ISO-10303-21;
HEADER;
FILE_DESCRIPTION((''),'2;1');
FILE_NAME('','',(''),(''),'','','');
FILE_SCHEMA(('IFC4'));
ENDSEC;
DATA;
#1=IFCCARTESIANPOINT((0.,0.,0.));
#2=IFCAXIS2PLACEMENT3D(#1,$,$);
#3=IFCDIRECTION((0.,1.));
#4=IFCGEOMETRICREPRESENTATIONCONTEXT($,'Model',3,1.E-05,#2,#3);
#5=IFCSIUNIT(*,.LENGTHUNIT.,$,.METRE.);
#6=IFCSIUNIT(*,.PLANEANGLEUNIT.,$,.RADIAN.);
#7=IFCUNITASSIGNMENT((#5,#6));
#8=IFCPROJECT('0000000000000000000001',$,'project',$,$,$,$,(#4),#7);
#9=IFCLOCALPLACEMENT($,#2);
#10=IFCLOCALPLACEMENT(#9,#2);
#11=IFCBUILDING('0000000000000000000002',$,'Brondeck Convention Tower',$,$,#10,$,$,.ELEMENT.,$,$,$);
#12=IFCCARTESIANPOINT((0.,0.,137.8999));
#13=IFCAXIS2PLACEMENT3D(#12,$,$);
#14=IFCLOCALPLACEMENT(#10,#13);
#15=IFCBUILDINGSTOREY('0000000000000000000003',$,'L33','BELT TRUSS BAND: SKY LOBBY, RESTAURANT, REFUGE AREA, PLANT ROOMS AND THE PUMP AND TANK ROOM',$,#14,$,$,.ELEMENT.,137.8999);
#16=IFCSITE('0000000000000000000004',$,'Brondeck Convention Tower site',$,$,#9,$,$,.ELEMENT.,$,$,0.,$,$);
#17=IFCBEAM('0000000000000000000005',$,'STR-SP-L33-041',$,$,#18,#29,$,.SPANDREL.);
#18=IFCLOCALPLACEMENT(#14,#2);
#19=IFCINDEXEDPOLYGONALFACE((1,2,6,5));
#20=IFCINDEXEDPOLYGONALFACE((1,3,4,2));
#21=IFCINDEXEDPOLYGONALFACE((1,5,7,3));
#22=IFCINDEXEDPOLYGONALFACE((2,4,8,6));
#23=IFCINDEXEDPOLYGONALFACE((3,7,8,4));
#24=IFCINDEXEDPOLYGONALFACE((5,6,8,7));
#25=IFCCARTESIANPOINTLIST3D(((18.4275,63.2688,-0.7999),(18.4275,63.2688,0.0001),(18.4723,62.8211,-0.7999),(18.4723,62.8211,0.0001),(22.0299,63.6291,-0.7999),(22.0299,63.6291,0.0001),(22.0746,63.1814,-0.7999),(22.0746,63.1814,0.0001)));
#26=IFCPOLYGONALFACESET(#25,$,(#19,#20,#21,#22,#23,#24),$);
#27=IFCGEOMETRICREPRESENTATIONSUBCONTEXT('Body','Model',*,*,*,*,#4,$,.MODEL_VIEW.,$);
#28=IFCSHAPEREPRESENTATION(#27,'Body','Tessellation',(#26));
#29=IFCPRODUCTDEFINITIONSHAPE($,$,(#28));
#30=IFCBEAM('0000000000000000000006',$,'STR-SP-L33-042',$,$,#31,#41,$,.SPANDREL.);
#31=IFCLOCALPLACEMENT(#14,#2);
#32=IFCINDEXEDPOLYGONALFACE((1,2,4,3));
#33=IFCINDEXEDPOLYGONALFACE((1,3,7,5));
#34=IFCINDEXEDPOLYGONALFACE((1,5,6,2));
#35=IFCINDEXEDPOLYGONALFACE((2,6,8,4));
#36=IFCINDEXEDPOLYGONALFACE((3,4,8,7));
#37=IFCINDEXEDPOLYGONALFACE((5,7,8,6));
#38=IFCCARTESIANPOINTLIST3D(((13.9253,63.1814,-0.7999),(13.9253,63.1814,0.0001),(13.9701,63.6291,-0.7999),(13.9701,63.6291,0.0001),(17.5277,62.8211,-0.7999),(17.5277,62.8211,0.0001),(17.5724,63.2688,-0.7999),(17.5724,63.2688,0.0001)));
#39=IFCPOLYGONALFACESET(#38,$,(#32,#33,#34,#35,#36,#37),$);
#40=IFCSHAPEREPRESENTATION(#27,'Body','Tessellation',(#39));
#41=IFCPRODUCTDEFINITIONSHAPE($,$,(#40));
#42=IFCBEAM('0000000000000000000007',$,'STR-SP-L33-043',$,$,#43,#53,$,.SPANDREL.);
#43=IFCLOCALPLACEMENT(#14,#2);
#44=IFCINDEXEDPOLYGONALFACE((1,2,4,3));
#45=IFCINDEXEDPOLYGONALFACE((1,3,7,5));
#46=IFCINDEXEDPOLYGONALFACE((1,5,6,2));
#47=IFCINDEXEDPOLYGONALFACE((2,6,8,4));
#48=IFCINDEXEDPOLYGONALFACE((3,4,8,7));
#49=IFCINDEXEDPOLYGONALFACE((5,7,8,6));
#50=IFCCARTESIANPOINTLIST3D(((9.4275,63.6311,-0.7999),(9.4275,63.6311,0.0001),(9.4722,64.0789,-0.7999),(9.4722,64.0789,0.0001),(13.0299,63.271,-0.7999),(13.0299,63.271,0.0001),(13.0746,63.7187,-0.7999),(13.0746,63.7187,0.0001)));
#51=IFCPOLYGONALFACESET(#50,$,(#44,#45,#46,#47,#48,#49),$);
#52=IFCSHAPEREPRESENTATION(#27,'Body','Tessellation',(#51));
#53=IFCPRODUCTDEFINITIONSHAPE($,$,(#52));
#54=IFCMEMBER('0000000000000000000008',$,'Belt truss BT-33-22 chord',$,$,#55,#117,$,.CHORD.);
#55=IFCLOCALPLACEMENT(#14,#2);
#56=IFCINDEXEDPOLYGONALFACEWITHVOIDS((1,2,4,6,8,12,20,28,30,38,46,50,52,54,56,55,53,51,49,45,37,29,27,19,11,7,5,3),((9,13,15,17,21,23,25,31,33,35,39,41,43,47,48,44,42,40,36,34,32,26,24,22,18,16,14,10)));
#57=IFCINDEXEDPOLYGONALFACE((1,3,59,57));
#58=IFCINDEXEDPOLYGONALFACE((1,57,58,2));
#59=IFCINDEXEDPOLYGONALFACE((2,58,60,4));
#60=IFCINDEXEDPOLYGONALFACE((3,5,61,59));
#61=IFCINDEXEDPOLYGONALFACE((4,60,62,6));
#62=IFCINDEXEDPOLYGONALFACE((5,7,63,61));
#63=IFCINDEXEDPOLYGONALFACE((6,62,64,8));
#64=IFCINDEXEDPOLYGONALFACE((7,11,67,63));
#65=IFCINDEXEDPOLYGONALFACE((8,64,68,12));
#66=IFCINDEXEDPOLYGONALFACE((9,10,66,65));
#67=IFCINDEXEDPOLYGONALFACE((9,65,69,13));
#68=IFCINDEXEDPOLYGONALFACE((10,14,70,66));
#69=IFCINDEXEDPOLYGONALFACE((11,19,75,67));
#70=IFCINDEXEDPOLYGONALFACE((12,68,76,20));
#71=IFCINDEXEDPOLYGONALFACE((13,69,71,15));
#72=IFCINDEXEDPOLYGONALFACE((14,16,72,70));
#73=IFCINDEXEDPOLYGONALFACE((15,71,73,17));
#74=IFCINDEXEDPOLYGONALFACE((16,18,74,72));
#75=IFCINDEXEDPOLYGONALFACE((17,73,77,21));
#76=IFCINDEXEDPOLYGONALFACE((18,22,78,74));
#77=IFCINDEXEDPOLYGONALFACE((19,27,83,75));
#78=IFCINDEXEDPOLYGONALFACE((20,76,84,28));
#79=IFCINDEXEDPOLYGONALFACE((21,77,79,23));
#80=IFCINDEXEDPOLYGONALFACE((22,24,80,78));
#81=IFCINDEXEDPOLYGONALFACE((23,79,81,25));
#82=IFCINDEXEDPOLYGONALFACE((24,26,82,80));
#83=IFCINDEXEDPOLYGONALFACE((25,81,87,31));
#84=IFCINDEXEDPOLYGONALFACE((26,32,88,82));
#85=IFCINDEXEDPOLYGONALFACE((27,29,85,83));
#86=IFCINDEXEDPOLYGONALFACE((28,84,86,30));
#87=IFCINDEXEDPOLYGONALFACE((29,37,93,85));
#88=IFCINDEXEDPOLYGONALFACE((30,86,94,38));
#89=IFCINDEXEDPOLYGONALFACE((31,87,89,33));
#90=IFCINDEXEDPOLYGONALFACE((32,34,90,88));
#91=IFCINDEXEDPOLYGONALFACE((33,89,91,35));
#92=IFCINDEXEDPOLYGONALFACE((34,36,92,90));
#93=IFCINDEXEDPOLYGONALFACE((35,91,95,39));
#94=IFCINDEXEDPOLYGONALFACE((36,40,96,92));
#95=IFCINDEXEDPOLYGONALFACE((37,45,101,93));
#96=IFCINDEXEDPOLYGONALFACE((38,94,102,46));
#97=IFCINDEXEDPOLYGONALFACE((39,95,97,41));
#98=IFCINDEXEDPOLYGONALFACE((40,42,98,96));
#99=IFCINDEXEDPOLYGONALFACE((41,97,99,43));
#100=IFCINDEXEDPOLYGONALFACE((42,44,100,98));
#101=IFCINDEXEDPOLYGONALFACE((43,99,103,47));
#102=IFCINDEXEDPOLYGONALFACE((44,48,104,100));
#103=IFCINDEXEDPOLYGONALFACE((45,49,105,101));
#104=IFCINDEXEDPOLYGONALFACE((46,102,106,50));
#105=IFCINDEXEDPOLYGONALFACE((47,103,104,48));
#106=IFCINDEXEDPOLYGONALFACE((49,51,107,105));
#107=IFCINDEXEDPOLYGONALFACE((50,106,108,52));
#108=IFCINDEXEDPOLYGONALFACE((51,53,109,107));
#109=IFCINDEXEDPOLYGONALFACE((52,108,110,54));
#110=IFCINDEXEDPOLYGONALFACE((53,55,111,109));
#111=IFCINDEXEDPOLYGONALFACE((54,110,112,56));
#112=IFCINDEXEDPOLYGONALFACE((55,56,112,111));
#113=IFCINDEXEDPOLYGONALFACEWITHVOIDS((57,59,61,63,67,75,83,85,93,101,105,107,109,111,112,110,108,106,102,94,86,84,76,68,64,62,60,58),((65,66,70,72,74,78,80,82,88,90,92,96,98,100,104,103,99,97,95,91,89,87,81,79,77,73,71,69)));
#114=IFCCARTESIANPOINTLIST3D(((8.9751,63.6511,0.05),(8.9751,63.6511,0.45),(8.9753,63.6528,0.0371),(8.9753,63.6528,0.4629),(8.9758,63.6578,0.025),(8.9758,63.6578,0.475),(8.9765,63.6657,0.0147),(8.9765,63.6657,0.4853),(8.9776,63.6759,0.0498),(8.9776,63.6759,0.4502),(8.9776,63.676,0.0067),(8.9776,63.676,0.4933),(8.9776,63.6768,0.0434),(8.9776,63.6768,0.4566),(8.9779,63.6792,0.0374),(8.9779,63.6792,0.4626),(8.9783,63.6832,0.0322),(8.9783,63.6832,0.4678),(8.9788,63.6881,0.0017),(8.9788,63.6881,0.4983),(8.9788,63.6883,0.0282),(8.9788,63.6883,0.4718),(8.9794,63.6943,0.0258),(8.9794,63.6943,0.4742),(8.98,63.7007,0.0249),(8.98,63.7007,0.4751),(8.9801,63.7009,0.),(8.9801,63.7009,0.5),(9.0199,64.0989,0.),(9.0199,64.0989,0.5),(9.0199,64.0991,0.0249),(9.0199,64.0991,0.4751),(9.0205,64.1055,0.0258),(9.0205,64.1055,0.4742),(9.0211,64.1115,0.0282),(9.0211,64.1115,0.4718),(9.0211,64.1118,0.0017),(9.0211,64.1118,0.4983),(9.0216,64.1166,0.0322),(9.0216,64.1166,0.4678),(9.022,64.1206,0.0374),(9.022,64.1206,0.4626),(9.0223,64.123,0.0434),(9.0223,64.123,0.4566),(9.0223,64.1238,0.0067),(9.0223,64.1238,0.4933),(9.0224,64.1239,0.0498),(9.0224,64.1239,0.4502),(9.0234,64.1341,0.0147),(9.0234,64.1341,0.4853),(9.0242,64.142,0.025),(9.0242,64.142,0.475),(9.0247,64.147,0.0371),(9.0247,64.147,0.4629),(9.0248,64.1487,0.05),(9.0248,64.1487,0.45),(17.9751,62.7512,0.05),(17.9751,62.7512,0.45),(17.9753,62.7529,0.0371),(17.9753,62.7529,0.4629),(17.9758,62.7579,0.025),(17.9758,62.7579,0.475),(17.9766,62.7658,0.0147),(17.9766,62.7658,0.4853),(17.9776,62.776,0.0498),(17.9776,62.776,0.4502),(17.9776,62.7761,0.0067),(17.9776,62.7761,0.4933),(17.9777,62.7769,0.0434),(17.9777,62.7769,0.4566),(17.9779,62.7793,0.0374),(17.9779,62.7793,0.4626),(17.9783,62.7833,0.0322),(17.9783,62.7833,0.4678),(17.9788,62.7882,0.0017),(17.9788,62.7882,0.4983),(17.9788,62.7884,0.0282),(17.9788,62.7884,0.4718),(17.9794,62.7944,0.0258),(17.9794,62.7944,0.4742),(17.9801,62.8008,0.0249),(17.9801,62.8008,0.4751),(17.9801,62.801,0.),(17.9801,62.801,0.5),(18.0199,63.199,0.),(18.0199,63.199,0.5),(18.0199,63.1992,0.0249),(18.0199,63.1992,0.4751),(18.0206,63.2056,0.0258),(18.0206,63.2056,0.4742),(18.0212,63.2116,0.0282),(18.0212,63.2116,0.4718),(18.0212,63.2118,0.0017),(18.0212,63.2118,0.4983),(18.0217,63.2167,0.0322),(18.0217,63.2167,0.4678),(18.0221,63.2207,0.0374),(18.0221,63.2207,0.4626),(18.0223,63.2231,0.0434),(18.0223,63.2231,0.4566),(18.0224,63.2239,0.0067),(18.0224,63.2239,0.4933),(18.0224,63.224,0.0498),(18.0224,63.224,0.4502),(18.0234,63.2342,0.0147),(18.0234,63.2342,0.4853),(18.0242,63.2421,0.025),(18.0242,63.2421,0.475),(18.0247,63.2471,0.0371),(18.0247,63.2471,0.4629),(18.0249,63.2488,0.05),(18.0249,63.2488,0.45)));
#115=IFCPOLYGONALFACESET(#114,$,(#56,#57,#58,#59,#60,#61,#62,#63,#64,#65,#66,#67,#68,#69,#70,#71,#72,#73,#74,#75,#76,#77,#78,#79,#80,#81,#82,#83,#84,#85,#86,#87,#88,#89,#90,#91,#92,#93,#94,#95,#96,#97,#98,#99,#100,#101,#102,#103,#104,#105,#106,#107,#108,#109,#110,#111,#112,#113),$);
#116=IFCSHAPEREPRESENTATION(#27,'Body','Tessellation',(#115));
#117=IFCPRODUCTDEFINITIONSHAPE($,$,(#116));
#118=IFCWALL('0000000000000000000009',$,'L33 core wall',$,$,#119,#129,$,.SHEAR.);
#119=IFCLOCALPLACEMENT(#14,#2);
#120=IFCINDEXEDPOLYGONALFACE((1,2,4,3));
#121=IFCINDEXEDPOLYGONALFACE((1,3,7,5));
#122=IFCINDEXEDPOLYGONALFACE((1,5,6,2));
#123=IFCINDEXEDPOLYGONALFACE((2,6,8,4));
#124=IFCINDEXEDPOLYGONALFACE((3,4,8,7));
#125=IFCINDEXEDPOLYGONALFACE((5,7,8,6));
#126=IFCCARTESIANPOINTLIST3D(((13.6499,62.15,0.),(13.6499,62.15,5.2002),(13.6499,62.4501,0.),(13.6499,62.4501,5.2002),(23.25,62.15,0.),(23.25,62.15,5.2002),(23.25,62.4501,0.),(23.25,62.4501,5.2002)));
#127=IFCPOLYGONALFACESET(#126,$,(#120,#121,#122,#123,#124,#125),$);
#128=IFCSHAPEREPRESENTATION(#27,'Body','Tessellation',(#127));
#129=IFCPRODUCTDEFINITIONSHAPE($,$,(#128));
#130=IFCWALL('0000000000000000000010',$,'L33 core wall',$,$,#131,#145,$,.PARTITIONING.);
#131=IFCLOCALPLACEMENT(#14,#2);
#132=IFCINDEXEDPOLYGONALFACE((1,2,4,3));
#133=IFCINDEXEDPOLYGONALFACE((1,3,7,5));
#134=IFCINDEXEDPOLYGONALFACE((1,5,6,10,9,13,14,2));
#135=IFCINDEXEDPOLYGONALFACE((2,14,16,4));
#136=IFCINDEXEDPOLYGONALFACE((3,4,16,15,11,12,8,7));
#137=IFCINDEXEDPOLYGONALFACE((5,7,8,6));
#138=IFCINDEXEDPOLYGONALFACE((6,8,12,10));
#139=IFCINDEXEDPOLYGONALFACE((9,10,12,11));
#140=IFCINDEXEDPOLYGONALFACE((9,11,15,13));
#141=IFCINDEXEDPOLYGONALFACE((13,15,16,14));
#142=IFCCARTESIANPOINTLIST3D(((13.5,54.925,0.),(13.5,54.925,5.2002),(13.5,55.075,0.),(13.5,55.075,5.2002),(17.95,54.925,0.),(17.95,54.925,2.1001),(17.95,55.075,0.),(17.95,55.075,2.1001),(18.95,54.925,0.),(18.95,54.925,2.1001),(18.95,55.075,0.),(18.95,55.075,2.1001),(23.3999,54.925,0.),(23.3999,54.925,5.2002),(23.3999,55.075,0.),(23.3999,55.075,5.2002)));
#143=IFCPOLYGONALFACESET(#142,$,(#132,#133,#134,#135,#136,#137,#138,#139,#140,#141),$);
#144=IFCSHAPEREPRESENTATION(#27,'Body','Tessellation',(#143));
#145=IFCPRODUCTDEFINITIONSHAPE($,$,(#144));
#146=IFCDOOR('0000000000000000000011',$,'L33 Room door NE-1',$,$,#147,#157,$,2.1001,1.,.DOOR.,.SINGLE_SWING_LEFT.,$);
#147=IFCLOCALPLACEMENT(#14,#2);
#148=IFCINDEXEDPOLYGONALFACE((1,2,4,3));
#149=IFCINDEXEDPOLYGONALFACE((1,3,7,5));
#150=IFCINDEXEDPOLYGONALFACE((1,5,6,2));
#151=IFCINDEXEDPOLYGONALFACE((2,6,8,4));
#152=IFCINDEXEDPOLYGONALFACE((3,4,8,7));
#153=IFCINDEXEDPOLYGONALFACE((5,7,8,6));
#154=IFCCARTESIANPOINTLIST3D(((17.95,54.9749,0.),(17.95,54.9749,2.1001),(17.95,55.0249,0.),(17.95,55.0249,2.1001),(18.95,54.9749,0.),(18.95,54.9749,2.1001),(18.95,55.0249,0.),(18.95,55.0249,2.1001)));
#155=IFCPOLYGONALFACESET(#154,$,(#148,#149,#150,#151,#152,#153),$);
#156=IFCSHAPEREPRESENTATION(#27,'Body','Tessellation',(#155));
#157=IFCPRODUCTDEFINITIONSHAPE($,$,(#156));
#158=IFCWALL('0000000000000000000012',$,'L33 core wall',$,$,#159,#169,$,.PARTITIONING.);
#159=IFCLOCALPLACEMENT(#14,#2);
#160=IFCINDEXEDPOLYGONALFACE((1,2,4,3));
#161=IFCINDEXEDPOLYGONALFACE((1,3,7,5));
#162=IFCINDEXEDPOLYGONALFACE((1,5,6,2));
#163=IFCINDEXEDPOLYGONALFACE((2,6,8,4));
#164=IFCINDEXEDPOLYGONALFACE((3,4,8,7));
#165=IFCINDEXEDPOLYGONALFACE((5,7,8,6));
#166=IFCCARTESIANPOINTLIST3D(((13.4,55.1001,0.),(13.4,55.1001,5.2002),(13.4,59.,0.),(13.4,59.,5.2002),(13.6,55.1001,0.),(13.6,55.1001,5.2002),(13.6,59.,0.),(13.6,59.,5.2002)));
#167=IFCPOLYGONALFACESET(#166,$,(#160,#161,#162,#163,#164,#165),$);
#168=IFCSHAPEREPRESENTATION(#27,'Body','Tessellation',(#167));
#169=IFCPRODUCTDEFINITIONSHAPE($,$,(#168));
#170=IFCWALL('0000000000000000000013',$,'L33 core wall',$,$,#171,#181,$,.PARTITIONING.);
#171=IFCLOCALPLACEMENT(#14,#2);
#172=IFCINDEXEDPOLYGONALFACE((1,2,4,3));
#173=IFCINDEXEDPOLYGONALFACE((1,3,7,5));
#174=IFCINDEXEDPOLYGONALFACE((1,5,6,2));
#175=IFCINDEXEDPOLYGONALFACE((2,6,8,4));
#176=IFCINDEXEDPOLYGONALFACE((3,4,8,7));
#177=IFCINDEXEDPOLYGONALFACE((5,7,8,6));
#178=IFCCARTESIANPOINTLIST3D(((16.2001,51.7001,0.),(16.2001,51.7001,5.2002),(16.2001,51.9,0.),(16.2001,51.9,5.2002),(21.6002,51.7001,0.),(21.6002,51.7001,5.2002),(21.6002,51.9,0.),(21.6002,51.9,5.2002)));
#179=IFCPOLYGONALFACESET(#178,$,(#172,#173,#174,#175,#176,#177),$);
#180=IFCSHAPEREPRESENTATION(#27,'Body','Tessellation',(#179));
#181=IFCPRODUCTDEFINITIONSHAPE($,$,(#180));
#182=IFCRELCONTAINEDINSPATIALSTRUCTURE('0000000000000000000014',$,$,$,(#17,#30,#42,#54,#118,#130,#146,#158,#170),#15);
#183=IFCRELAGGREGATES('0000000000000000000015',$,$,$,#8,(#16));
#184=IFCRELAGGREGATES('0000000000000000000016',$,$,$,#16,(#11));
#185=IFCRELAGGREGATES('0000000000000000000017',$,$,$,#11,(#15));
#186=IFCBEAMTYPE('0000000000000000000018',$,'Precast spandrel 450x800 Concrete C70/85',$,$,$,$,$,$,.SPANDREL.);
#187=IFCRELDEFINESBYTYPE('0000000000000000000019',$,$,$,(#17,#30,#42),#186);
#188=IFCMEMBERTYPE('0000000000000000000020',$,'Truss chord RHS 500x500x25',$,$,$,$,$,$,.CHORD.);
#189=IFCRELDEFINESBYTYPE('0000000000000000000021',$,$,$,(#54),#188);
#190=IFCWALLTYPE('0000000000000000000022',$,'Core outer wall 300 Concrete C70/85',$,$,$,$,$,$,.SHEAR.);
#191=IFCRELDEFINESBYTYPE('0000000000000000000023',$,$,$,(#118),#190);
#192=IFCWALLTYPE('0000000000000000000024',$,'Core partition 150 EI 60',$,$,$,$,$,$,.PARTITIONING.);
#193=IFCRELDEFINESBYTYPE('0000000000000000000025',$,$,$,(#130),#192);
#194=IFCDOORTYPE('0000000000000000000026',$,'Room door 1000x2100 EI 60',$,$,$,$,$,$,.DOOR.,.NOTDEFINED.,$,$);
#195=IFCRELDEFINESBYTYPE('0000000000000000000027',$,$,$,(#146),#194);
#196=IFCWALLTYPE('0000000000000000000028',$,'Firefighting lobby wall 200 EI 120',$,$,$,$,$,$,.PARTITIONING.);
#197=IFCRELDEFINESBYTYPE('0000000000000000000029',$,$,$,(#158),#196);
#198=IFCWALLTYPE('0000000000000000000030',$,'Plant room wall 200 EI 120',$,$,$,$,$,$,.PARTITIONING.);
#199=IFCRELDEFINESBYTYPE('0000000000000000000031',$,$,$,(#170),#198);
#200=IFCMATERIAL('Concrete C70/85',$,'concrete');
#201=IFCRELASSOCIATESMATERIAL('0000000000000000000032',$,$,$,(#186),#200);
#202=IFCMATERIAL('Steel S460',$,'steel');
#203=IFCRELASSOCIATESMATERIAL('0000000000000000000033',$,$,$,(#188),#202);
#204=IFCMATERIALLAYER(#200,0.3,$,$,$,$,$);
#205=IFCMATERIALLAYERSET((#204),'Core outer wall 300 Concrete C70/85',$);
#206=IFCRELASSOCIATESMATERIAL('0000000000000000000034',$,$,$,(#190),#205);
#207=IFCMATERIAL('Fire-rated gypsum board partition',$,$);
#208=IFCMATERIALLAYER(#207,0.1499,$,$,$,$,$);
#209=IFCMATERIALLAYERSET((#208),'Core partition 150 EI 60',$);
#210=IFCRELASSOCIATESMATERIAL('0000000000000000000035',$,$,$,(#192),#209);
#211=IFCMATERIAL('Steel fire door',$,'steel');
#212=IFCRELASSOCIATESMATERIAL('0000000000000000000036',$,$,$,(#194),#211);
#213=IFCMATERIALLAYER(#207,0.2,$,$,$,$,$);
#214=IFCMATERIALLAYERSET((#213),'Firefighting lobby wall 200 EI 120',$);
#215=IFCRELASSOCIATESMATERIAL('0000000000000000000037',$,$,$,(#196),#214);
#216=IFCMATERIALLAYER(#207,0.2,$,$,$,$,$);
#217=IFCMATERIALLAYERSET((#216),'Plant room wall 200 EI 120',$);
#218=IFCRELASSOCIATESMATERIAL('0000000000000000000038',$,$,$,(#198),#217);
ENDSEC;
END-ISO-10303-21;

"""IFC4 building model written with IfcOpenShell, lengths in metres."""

from ifc_helpers import new_model, si_unit, direction, frame, frame_2d, origin, origin_2d, place, context, subcontext, project, spatial, rectangle, hollow_rectangle, extrude, material, layer, layer_set, material_profile, profile_set, type_object, element, fill, save


model = new_model("IFC4")

# Units and contexts
model_context = context("Model", 3, precision=1e-05, world=origin(), true_north=direction((0.0, 1.0)))
body_context = subcontext(model_context, "Body", "Model", "MODEL_VIEW")
ifc_project = project(units=[si_unit("LENGTHUNIT", "METRE"), si_unit("PLANEANGLEUNIT", "RADIAN")], contexts=[model_context])

# Site, building, storey
site_placement = place(None, origin())
site = spatial("IfcSite", under=ifc_project, at=site_placement, Name="Brondeck Convention Tower site", CompositionType="ELEMENT", RefElevation=0.0)
building_placement = place(site_placement, origin())
building = spatial("IfcBuilding", under=site, at=building_placement, Name="Brondeck Convention Tower", CompositionType="ELEMENT")
storey_placement = place(building_placement, frame((0.0, 0.0, 137.8999)))
storey = spatial("IfcBuildingStorey", under=building, at=storey_placement, Name="L33", Description="BELT TRUSS BAND: SKY LOBBY, RESTAURANT, REFUGE AREA, PLANT ROOMS AND THE PUMP AND TANK ROOM", CompositionType="ELEMENT", Elevation=137.8999)

# Shared definitions
ifc_material_1 = material(Name="Concrete C70/85", Category="concrete")

# Shared definitions
ifc_material_2 = material(Name="Steel S460", Category="steel")

# Beams
ifc_material_profile_1 = material_profile(ifc_material_1, rectangle(XDim=0.45, YDim=0.8, at=origin_2d()), Name="Precast spandrel 450x800 Concrete C70/85")
ifc_profile_set_1 = profile_set([ifc_material_profile_1], Name="Concrete C70/85")
beam_type = type_object("IfcBeamType", Name="Precast spandrel 450x800 Concrete C70/85", PredefinedType="SPANDREL", material=ifc_profile_set_1)
for number, where, z_axis, x_axis, name in (
    (1, (22.0522, 63.4053, -0.3999), (-0.995034, -0.099537, 0.0), (0.099537, -0.995034, 0.0), "STR-SP-L33-041"),
    (2, (17.55, 63.0449, -0.3999), (-0.995034, 0.099537, 0.0), (-0.099537, -0.995034, 0.0), "STR-SP-L33-042"),
    (3, (13.0522, 63.4949, -0.3999), (-0.995041, 0.09947, 0.0), (-0.09947, -0.995041, 0.0), "STR-SP-L33-043"),
):
    element("IfcBeam", number, at=place(storey_placement, frame(where, z_axis=z_axis, x_axis=x_axis)), inside=storey, type_object=beam_type, Name=name, PredefinedType="SPANDREL", context=body_context, shape_type="SweptSolid", body=[
        extrude(rectangle(XDim=0.45, YDim=0.8, at=origin_2d()), origin(), (0.0, 0.0, 1.0), 3.6204),
    ])

# Member
ifc_material_profile_2 = material_profile(ifc_material_2, hollow_rectangle(XDim=0.5, YDim=0.5, WallThickness=0.0249, InnerFilletRadius=0.0249, OuterFilletRadius=0.05, at=origin_2d()), Name="RHS 500x500x25")
ifc_profile_set_2 = profile_set([ifc_material_profile_2], Name="Steel S460")
member_type_1 = type_object("IfcMemberType", Name="Truss chord RHS 500x500x25", PredefinedType="CHORD", material=ifc_profile_set_2)
member_placement = place(storey_placement, frame((18.0, 63.0, 0.25), z_axis=(-0.995038, 0.099493, 0.0), x_axis=(-0.099493, -0.995038, 0.0)))
element("IfcMember", 4, at=member_placement, inside=storey, type_object=member_type_1, Name="Belt truss BT-33-22 chord", PredefinedType="CHORD", context=body_context, shape_type="SweptSolid", body=[
    extrude(hollow_rectangle(XDim=0.5, YDim=0.5, WallThickness=0.0249, InnerFilletRadius=0.0249, OuterFilletRadius=0.05, at=origin_2d()), origin(), (0.0, 0.0, 1.0), 9.0449),
])

# Wall
ifc_layer_1 = layer(ifc_material_1, 0.3)
ifc_layer_set_1 = layer_set([ifc_layer_1], Name="Core outer wall 300 Concrete C70/85")
wall_type_1 = type_object("IfcWallType", Name="Core outer wall 300 Concrete C70/85", PredefinedType="SHEAR", material=ifc_layer_set_1)
wall_1_placement = place(storey_placement, frame((13.6499, 62.3, 0.0), z_axis=(0.0, 0.0, 1.0), x_axis=(1.0, 0.0, 0.0)))
element("IfcWall", 5, at=wall_1_placement, inside=storey, type_object=wall_type_1, Name="L33 core wall", PredefinedType="SHEAR", context=body_context, shape_type="SweptSolid", body=[
    extrude(rectangle(XDim=9.6001, YDim=0.3, at=frame_2d((4.8, 0.0))), origin(), (0.0, 0.0, 1.0), 5.2002),
])

# Wall, opening, door
ifc_material_3 = material(Name="Fire-rated gypsum board partition")
ifc_layer_2 = layer(ifc_material_3, 0.1499)
ifc_layer_set_2 = layer_set([ifc_layer_2], Name="Core partition 150 EI 60")
wall_type_2 = type_object("IfcWallType", Name="Core partition 150 EI 60", PredefinedType="PARTITIONING", material=ifc_layer_set_2)
wall_2_placement = place(storey_placement, frame((13.5, 55.0, 0.0), z_axis=(0.0, 0.0, 1.0), x_axis=(1.0, 0.0, 0.0)))
wall_2 = element("IfcWall", 6, at=wall_2_placement, inside=storey, type_object=wall_type_2, Name="L33 core wall", PredefinedType="PARTITIONING", context=body_context, shape_type="SweptSolid", body=[
    extrude(rectangle(XDim=9.8999, YDim=0.1499, at=frame_2d((4.95, 0.0))), origin(), (0.0, 0.0, 1.0), 5.2002),
])
opening_placement = place(wall_2_placement, frame((4.45, 0.0, 0.0)))
opening = element("IfcOpeningElement", 7, at=opening_placement, cuts=wall_2, PredefinedType="OPENING", context=body_context, shape_type="SweptSolid", body=[
    extrude(rectangle(XDim=1.0, YDim=2.1001, at=frame_2d((0.5, 1.05))), frame((0.0, 0.085, 0.0), z_axis=(0.0, -1.0, 0.0), x_axis=(1.0, 0.0, 0.0)), (0.0, 0.0, 1.0), 0.1699),
])
ifc_material_4 = material(Name="Steel fire door", Category="steel")
door_type = type_object("IfcDoorType", Name="Room door 1000x2100 EI 60", OperationType="NOTDEFINED", PredefinedType="DOOR", material=ifc_material_4)
door_placement = place(opening_placement, origin())
door = element("IfcDoor", 8, at=door_placement, inside=storey, type_object=door_type, Name="L33 Room door NE-1", OperationType="SINGLE_SWING_LEFT", OverallHeight=2.1001, OverallWidth=1.0, PredefinedType="DOOR", context=body_context, shape_type="SweptSolid", body=[
    extrude(rectangle(XDim=1.0, YDim=2.1001, at=frame_2d((0.5, 1.05))), frame((0.0, 0.0249, 0.0), z_axis=(0.0, -1.0, 0.0), x_axis=(1.0, 0.0, 0.0)), (0.0, 0.0, 1.0), 0.05),
])
fill(opening, door)

# Walls
ifc_layer_3 = layer(ifc_material_3, 0.2)
ifc_layer_set_3 = layer_set([ifc_layer_3], Name="Firefighting lobby wall 200 EI 120")
wall_type_3 = type_object("IfcWallType", Name="Firefighting lobby wall 200 EI 120", PredefinedType="PARTITIONING", material=ifc_layer_set_3)
wall_3_placement = place(storey_placement, frame((13.5, 55.1001, 0.0), z_axis=(0.0, 0.0, 1.0), x_axis=(0.0, 1.0, 0.0)))
element("IfcWall", 9, at=wall_3_placement, inside=storey, type_object=wall_type_3, Name="L33 core wall", PredefinedType="PARTITIONING", context=body_context, shape_type="SweptSolid", body=[
    extrude(rectangle(XDim=3.8999, YDim=0.2, at=frame_2d((1.95, 0.0))), origin(), (0.0, 0.0, 1.0), 5.2002),
])
ifc_layer_4 = layer(ifc_material_3, 0.2)
ifc_layer_set_4 = layer_set([ifc_layer_4], Name="Plant room wall 200 EI 120")
wall_type_4 = type_object("IfcWallType", Name="Plant room wall 200 EI 120", PredefinedType="PARTITIONING", material=ifc_layer_set_4)
wall_4_placement = place(storey_placement, frame((16.2, 51.8, 0.0), z_axis=(0.0, 0.0, 1.0), x_axis=(1.0, 0.0, 0.0)))
element("IfcWall", 10, at=wall_4_placement, inside=storey, type_object=wall_type_4, Name="L33 core wall", PredefinedType="PARTITIONING", context=body_context, shape_type="SweptSolid", body=[
    extrude(rectangle(XDim=5.4001, YDim=0.2, at=frame_2d((2.7002, 0.0))), origin(), (0.0, 0.0, 1.0), 5.2002),
])

save(model, "model.ifc")
